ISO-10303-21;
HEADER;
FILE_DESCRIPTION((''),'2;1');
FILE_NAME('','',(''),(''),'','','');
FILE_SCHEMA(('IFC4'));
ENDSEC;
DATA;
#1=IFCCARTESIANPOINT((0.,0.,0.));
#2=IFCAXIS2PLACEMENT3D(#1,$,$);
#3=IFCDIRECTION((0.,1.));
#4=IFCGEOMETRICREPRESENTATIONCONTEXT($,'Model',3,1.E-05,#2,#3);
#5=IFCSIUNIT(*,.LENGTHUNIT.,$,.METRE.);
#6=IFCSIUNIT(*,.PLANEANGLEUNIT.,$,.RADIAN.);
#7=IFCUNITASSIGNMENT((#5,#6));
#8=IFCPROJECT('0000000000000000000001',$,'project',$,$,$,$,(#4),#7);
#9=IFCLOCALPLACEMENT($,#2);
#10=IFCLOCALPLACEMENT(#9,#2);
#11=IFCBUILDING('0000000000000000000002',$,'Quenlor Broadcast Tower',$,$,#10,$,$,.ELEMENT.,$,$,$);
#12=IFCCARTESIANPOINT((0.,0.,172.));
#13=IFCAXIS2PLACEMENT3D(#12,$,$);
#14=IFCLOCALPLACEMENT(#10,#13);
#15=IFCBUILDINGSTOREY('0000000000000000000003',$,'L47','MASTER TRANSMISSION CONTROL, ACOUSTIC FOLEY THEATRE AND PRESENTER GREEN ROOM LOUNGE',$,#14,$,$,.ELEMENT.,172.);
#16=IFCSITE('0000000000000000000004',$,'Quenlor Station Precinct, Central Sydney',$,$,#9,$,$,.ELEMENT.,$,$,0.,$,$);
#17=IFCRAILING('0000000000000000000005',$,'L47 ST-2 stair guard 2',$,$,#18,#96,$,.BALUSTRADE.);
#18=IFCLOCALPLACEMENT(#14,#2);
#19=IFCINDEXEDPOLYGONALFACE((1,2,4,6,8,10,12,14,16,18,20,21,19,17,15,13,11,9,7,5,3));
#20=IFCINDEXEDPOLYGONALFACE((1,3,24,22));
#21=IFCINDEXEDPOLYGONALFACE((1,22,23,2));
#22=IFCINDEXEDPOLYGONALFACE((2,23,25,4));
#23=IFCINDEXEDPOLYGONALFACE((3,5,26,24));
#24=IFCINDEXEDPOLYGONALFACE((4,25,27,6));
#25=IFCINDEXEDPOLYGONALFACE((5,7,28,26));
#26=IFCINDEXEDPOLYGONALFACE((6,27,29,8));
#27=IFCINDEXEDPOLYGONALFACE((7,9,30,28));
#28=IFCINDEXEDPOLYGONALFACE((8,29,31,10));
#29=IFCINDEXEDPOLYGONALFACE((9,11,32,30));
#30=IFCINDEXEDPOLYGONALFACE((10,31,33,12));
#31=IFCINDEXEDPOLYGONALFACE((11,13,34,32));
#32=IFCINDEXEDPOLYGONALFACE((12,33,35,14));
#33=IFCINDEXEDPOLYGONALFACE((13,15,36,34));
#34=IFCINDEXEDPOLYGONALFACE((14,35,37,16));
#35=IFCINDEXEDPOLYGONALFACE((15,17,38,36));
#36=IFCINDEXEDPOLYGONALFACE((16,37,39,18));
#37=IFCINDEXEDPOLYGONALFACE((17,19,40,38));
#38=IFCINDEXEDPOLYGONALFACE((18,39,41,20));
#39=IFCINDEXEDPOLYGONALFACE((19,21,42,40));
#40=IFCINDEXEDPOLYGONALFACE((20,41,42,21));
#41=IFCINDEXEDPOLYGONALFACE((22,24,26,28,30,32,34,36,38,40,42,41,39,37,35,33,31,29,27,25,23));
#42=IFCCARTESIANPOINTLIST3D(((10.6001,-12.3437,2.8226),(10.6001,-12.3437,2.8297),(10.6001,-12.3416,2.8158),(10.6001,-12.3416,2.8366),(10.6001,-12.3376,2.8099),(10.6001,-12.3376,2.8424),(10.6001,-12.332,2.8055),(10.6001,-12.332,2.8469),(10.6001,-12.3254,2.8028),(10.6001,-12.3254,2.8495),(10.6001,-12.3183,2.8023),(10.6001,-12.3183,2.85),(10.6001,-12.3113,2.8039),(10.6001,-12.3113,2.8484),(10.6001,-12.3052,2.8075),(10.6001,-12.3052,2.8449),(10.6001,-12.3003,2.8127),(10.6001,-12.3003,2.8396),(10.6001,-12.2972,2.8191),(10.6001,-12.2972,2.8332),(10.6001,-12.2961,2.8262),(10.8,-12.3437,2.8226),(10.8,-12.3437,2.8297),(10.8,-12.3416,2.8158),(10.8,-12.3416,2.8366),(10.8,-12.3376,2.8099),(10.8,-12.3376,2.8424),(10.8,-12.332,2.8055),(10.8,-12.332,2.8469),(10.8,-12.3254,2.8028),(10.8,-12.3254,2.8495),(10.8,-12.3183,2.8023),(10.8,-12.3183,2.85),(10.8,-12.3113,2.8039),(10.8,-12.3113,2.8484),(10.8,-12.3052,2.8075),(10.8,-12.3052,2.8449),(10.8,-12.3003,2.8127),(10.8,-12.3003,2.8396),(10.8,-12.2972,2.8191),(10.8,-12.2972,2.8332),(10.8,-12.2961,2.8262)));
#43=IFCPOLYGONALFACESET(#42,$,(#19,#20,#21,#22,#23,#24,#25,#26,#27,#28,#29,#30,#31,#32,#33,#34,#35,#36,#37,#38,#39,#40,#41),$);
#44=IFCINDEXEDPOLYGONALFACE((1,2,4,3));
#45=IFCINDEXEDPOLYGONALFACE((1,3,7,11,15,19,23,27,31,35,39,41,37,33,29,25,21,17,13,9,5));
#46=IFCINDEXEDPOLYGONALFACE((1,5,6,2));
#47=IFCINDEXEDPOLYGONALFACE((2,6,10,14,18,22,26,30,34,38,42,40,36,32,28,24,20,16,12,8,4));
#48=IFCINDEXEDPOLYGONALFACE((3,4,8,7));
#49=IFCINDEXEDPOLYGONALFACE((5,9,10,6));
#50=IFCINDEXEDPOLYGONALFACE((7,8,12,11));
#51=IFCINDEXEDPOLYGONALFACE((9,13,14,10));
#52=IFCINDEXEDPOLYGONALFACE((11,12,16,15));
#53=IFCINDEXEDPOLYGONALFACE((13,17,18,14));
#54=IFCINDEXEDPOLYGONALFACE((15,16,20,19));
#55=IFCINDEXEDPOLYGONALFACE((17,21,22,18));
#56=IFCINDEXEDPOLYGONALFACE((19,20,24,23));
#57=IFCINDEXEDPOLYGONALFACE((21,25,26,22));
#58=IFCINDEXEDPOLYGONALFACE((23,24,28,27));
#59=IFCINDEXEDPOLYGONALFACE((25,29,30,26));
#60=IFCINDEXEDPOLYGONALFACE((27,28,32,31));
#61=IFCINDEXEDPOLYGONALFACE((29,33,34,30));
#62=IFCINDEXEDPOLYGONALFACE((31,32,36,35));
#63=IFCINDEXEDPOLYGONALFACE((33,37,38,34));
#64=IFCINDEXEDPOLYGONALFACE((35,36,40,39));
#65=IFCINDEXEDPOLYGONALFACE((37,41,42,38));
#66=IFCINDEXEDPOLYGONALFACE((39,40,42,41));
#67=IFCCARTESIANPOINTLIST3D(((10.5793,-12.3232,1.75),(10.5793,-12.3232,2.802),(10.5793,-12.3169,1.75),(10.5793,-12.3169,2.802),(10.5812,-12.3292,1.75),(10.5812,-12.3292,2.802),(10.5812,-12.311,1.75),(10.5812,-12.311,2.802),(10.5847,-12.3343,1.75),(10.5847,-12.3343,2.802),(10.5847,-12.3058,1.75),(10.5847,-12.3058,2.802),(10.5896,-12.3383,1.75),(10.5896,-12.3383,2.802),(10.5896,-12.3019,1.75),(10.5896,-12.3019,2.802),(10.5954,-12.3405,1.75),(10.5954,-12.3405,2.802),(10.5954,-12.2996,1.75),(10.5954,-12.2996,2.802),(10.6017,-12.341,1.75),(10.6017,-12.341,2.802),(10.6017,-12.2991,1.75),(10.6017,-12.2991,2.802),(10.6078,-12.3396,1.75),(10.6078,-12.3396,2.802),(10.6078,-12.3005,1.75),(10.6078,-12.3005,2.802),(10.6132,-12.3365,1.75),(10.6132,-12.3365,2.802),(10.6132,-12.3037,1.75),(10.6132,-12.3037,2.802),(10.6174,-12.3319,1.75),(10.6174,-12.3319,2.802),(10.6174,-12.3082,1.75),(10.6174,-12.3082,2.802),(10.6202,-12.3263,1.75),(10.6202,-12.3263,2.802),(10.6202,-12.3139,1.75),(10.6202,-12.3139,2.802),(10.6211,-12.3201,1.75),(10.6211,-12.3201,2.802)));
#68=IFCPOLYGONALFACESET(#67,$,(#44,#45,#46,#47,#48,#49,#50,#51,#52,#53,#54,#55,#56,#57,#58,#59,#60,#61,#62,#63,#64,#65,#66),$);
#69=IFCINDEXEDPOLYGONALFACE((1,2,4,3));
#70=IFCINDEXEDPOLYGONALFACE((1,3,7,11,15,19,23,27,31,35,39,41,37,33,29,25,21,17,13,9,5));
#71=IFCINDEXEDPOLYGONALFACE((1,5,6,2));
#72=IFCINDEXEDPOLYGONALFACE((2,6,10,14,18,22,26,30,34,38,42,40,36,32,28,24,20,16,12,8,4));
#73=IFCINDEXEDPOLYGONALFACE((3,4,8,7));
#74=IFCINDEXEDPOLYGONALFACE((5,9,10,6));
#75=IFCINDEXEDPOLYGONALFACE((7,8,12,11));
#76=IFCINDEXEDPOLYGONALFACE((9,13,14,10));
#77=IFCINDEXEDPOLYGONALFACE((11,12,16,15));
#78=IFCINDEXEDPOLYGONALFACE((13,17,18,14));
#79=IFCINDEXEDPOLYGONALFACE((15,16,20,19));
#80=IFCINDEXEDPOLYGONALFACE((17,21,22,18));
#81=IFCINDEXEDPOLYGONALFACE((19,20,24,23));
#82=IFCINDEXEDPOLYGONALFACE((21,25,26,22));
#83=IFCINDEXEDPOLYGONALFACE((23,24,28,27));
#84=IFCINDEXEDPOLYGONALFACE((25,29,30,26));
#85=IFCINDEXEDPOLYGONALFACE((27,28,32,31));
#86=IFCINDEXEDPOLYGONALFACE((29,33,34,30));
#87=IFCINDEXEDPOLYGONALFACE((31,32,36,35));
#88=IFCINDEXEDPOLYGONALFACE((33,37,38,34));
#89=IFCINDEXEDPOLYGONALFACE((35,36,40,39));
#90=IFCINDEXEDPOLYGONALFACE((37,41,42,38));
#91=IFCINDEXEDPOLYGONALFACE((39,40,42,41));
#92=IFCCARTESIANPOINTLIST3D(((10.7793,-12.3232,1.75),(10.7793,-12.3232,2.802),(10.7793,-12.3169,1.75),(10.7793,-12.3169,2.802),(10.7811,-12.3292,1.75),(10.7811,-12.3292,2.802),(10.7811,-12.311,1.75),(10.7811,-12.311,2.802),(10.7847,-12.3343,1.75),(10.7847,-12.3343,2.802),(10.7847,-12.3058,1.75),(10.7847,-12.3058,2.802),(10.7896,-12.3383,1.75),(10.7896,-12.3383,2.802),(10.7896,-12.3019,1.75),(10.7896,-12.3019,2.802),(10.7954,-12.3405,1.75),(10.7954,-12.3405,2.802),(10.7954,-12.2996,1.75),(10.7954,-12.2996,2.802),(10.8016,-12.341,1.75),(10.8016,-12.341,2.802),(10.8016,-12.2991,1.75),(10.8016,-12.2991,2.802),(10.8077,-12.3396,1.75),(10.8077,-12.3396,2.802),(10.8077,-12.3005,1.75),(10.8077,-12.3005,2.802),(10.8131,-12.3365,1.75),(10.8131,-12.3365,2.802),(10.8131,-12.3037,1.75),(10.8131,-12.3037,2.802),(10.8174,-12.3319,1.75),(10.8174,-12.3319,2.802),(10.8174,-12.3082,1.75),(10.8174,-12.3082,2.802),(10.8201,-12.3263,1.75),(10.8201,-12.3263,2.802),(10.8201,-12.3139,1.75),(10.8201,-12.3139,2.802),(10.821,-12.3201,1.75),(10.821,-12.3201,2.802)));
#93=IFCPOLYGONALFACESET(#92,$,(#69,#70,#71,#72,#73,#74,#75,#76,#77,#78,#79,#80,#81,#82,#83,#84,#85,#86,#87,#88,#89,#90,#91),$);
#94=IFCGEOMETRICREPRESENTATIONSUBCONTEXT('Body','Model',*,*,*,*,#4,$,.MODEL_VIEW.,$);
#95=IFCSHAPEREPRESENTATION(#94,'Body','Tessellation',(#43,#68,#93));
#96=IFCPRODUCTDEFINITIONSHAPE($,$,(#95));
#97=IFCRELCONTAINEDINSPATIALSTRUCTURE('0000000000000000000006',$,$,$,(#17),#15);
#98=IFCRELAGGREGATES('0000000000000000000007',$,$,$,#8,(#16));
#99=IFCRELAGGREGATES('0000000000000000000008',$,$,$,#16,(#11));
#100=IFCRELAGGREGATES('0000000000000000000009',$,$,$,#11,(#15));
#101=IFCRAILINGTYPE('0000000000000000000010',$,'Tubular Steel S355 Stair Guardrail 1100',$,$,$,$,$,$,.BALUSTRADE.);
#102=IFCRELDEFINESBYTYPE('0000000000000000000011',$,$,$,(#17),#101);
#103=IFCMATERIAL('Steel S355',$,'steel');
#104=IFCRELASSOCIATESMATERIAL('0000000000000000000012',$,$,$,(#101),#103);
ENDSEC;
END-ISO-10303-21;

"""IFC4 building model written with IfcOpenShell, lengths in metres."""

from ifc_helpers import new_model, si_unit, direction, frame, origin, origin_2d, place, context, subcontext, project, spatial, circle, extrude, material, type_object, element, save


model = new_model("IFC4")

# Units and contexts
model_context = context("Model", 3, precision=1e-05, world=origin(), true_north=direction((0.0, 1.0)))
body_context = subcontext(model_context, "Body", "Model", "MODEL_VIEW")
ifc_project = project(units=[si_unit("LENGTHUNIT", "METRE"), si_unit("PLANEANGLEUNIT", "RADIAN")], contexts=[model_context])

# Site, building, storey
site_placement = place(None, origin())
site = spatial("IfcSite", under=ifc_project, at=site_placement, Name="Quenlor Station Precinct, Central Sydney", CompositionType="ELEMENT", RefElevation=0.0)
building_placement = place(site_placement, origin())
building = spatial("IfcBuilding", under=site, at=building_placement, Name="Quenlor Broadcast Tower", CompositionType="ELEMENT")
storey_placement = place(building_placement, frame((0.0, 0.0, 172.0)))
storey = spatial("IfcBuildingStorey", under=building, at=storey_placement, Name="L47", Description="MASTER TRANSMISSION CONTROL, ACOUSTIC FOLEY THEATRE AND PRESENTER GREEN ROOM LOUNGE", CompositionType="ELEMENT", Elevation=172.0)

# Railing
ifc_material_1 = material(Name="Steel S355", Category="steel")
railing_type_1 = type_object("IfcRailingType", Name="Tubular Steel S355 Stair Guardrail 1100", PredefinedType="BALUSTRADE", material=ifc_material_1)
railing_1_placement = place(storey_placement, frame((10.6001, -12.3201, 1.75)))
element("IfcRailing", 1, at=railing_1_placement, inside=storey, type_object=railing_type_1, Name="L47 ST-2 stair guard 2", PredefinedType="BALUSTRADE", context=body_context, shape_type="SweptSolid", body=[
    extrude(circle(Radius=0.0239, at=origin_2d()), frame((0.0, 0.0, 1.0762), z_axis=(1.0, 0.0, 0.0), x_axis=(0.0, 1.0, 0.0)), (0.0, 0.0, 1.0), 0.2),
    extrude(circle(Radius=0.021, at=origin_2d()), origin(), (0.0, 0.0, 1.0), 1.052),
    extrude(circle(Radius=0.021, at=origin_2d()), frame((0.2, 0.0, 0.0)), (0.0, 0.0, 1.0), 1.052),
])

save(model, "model.ifc")
